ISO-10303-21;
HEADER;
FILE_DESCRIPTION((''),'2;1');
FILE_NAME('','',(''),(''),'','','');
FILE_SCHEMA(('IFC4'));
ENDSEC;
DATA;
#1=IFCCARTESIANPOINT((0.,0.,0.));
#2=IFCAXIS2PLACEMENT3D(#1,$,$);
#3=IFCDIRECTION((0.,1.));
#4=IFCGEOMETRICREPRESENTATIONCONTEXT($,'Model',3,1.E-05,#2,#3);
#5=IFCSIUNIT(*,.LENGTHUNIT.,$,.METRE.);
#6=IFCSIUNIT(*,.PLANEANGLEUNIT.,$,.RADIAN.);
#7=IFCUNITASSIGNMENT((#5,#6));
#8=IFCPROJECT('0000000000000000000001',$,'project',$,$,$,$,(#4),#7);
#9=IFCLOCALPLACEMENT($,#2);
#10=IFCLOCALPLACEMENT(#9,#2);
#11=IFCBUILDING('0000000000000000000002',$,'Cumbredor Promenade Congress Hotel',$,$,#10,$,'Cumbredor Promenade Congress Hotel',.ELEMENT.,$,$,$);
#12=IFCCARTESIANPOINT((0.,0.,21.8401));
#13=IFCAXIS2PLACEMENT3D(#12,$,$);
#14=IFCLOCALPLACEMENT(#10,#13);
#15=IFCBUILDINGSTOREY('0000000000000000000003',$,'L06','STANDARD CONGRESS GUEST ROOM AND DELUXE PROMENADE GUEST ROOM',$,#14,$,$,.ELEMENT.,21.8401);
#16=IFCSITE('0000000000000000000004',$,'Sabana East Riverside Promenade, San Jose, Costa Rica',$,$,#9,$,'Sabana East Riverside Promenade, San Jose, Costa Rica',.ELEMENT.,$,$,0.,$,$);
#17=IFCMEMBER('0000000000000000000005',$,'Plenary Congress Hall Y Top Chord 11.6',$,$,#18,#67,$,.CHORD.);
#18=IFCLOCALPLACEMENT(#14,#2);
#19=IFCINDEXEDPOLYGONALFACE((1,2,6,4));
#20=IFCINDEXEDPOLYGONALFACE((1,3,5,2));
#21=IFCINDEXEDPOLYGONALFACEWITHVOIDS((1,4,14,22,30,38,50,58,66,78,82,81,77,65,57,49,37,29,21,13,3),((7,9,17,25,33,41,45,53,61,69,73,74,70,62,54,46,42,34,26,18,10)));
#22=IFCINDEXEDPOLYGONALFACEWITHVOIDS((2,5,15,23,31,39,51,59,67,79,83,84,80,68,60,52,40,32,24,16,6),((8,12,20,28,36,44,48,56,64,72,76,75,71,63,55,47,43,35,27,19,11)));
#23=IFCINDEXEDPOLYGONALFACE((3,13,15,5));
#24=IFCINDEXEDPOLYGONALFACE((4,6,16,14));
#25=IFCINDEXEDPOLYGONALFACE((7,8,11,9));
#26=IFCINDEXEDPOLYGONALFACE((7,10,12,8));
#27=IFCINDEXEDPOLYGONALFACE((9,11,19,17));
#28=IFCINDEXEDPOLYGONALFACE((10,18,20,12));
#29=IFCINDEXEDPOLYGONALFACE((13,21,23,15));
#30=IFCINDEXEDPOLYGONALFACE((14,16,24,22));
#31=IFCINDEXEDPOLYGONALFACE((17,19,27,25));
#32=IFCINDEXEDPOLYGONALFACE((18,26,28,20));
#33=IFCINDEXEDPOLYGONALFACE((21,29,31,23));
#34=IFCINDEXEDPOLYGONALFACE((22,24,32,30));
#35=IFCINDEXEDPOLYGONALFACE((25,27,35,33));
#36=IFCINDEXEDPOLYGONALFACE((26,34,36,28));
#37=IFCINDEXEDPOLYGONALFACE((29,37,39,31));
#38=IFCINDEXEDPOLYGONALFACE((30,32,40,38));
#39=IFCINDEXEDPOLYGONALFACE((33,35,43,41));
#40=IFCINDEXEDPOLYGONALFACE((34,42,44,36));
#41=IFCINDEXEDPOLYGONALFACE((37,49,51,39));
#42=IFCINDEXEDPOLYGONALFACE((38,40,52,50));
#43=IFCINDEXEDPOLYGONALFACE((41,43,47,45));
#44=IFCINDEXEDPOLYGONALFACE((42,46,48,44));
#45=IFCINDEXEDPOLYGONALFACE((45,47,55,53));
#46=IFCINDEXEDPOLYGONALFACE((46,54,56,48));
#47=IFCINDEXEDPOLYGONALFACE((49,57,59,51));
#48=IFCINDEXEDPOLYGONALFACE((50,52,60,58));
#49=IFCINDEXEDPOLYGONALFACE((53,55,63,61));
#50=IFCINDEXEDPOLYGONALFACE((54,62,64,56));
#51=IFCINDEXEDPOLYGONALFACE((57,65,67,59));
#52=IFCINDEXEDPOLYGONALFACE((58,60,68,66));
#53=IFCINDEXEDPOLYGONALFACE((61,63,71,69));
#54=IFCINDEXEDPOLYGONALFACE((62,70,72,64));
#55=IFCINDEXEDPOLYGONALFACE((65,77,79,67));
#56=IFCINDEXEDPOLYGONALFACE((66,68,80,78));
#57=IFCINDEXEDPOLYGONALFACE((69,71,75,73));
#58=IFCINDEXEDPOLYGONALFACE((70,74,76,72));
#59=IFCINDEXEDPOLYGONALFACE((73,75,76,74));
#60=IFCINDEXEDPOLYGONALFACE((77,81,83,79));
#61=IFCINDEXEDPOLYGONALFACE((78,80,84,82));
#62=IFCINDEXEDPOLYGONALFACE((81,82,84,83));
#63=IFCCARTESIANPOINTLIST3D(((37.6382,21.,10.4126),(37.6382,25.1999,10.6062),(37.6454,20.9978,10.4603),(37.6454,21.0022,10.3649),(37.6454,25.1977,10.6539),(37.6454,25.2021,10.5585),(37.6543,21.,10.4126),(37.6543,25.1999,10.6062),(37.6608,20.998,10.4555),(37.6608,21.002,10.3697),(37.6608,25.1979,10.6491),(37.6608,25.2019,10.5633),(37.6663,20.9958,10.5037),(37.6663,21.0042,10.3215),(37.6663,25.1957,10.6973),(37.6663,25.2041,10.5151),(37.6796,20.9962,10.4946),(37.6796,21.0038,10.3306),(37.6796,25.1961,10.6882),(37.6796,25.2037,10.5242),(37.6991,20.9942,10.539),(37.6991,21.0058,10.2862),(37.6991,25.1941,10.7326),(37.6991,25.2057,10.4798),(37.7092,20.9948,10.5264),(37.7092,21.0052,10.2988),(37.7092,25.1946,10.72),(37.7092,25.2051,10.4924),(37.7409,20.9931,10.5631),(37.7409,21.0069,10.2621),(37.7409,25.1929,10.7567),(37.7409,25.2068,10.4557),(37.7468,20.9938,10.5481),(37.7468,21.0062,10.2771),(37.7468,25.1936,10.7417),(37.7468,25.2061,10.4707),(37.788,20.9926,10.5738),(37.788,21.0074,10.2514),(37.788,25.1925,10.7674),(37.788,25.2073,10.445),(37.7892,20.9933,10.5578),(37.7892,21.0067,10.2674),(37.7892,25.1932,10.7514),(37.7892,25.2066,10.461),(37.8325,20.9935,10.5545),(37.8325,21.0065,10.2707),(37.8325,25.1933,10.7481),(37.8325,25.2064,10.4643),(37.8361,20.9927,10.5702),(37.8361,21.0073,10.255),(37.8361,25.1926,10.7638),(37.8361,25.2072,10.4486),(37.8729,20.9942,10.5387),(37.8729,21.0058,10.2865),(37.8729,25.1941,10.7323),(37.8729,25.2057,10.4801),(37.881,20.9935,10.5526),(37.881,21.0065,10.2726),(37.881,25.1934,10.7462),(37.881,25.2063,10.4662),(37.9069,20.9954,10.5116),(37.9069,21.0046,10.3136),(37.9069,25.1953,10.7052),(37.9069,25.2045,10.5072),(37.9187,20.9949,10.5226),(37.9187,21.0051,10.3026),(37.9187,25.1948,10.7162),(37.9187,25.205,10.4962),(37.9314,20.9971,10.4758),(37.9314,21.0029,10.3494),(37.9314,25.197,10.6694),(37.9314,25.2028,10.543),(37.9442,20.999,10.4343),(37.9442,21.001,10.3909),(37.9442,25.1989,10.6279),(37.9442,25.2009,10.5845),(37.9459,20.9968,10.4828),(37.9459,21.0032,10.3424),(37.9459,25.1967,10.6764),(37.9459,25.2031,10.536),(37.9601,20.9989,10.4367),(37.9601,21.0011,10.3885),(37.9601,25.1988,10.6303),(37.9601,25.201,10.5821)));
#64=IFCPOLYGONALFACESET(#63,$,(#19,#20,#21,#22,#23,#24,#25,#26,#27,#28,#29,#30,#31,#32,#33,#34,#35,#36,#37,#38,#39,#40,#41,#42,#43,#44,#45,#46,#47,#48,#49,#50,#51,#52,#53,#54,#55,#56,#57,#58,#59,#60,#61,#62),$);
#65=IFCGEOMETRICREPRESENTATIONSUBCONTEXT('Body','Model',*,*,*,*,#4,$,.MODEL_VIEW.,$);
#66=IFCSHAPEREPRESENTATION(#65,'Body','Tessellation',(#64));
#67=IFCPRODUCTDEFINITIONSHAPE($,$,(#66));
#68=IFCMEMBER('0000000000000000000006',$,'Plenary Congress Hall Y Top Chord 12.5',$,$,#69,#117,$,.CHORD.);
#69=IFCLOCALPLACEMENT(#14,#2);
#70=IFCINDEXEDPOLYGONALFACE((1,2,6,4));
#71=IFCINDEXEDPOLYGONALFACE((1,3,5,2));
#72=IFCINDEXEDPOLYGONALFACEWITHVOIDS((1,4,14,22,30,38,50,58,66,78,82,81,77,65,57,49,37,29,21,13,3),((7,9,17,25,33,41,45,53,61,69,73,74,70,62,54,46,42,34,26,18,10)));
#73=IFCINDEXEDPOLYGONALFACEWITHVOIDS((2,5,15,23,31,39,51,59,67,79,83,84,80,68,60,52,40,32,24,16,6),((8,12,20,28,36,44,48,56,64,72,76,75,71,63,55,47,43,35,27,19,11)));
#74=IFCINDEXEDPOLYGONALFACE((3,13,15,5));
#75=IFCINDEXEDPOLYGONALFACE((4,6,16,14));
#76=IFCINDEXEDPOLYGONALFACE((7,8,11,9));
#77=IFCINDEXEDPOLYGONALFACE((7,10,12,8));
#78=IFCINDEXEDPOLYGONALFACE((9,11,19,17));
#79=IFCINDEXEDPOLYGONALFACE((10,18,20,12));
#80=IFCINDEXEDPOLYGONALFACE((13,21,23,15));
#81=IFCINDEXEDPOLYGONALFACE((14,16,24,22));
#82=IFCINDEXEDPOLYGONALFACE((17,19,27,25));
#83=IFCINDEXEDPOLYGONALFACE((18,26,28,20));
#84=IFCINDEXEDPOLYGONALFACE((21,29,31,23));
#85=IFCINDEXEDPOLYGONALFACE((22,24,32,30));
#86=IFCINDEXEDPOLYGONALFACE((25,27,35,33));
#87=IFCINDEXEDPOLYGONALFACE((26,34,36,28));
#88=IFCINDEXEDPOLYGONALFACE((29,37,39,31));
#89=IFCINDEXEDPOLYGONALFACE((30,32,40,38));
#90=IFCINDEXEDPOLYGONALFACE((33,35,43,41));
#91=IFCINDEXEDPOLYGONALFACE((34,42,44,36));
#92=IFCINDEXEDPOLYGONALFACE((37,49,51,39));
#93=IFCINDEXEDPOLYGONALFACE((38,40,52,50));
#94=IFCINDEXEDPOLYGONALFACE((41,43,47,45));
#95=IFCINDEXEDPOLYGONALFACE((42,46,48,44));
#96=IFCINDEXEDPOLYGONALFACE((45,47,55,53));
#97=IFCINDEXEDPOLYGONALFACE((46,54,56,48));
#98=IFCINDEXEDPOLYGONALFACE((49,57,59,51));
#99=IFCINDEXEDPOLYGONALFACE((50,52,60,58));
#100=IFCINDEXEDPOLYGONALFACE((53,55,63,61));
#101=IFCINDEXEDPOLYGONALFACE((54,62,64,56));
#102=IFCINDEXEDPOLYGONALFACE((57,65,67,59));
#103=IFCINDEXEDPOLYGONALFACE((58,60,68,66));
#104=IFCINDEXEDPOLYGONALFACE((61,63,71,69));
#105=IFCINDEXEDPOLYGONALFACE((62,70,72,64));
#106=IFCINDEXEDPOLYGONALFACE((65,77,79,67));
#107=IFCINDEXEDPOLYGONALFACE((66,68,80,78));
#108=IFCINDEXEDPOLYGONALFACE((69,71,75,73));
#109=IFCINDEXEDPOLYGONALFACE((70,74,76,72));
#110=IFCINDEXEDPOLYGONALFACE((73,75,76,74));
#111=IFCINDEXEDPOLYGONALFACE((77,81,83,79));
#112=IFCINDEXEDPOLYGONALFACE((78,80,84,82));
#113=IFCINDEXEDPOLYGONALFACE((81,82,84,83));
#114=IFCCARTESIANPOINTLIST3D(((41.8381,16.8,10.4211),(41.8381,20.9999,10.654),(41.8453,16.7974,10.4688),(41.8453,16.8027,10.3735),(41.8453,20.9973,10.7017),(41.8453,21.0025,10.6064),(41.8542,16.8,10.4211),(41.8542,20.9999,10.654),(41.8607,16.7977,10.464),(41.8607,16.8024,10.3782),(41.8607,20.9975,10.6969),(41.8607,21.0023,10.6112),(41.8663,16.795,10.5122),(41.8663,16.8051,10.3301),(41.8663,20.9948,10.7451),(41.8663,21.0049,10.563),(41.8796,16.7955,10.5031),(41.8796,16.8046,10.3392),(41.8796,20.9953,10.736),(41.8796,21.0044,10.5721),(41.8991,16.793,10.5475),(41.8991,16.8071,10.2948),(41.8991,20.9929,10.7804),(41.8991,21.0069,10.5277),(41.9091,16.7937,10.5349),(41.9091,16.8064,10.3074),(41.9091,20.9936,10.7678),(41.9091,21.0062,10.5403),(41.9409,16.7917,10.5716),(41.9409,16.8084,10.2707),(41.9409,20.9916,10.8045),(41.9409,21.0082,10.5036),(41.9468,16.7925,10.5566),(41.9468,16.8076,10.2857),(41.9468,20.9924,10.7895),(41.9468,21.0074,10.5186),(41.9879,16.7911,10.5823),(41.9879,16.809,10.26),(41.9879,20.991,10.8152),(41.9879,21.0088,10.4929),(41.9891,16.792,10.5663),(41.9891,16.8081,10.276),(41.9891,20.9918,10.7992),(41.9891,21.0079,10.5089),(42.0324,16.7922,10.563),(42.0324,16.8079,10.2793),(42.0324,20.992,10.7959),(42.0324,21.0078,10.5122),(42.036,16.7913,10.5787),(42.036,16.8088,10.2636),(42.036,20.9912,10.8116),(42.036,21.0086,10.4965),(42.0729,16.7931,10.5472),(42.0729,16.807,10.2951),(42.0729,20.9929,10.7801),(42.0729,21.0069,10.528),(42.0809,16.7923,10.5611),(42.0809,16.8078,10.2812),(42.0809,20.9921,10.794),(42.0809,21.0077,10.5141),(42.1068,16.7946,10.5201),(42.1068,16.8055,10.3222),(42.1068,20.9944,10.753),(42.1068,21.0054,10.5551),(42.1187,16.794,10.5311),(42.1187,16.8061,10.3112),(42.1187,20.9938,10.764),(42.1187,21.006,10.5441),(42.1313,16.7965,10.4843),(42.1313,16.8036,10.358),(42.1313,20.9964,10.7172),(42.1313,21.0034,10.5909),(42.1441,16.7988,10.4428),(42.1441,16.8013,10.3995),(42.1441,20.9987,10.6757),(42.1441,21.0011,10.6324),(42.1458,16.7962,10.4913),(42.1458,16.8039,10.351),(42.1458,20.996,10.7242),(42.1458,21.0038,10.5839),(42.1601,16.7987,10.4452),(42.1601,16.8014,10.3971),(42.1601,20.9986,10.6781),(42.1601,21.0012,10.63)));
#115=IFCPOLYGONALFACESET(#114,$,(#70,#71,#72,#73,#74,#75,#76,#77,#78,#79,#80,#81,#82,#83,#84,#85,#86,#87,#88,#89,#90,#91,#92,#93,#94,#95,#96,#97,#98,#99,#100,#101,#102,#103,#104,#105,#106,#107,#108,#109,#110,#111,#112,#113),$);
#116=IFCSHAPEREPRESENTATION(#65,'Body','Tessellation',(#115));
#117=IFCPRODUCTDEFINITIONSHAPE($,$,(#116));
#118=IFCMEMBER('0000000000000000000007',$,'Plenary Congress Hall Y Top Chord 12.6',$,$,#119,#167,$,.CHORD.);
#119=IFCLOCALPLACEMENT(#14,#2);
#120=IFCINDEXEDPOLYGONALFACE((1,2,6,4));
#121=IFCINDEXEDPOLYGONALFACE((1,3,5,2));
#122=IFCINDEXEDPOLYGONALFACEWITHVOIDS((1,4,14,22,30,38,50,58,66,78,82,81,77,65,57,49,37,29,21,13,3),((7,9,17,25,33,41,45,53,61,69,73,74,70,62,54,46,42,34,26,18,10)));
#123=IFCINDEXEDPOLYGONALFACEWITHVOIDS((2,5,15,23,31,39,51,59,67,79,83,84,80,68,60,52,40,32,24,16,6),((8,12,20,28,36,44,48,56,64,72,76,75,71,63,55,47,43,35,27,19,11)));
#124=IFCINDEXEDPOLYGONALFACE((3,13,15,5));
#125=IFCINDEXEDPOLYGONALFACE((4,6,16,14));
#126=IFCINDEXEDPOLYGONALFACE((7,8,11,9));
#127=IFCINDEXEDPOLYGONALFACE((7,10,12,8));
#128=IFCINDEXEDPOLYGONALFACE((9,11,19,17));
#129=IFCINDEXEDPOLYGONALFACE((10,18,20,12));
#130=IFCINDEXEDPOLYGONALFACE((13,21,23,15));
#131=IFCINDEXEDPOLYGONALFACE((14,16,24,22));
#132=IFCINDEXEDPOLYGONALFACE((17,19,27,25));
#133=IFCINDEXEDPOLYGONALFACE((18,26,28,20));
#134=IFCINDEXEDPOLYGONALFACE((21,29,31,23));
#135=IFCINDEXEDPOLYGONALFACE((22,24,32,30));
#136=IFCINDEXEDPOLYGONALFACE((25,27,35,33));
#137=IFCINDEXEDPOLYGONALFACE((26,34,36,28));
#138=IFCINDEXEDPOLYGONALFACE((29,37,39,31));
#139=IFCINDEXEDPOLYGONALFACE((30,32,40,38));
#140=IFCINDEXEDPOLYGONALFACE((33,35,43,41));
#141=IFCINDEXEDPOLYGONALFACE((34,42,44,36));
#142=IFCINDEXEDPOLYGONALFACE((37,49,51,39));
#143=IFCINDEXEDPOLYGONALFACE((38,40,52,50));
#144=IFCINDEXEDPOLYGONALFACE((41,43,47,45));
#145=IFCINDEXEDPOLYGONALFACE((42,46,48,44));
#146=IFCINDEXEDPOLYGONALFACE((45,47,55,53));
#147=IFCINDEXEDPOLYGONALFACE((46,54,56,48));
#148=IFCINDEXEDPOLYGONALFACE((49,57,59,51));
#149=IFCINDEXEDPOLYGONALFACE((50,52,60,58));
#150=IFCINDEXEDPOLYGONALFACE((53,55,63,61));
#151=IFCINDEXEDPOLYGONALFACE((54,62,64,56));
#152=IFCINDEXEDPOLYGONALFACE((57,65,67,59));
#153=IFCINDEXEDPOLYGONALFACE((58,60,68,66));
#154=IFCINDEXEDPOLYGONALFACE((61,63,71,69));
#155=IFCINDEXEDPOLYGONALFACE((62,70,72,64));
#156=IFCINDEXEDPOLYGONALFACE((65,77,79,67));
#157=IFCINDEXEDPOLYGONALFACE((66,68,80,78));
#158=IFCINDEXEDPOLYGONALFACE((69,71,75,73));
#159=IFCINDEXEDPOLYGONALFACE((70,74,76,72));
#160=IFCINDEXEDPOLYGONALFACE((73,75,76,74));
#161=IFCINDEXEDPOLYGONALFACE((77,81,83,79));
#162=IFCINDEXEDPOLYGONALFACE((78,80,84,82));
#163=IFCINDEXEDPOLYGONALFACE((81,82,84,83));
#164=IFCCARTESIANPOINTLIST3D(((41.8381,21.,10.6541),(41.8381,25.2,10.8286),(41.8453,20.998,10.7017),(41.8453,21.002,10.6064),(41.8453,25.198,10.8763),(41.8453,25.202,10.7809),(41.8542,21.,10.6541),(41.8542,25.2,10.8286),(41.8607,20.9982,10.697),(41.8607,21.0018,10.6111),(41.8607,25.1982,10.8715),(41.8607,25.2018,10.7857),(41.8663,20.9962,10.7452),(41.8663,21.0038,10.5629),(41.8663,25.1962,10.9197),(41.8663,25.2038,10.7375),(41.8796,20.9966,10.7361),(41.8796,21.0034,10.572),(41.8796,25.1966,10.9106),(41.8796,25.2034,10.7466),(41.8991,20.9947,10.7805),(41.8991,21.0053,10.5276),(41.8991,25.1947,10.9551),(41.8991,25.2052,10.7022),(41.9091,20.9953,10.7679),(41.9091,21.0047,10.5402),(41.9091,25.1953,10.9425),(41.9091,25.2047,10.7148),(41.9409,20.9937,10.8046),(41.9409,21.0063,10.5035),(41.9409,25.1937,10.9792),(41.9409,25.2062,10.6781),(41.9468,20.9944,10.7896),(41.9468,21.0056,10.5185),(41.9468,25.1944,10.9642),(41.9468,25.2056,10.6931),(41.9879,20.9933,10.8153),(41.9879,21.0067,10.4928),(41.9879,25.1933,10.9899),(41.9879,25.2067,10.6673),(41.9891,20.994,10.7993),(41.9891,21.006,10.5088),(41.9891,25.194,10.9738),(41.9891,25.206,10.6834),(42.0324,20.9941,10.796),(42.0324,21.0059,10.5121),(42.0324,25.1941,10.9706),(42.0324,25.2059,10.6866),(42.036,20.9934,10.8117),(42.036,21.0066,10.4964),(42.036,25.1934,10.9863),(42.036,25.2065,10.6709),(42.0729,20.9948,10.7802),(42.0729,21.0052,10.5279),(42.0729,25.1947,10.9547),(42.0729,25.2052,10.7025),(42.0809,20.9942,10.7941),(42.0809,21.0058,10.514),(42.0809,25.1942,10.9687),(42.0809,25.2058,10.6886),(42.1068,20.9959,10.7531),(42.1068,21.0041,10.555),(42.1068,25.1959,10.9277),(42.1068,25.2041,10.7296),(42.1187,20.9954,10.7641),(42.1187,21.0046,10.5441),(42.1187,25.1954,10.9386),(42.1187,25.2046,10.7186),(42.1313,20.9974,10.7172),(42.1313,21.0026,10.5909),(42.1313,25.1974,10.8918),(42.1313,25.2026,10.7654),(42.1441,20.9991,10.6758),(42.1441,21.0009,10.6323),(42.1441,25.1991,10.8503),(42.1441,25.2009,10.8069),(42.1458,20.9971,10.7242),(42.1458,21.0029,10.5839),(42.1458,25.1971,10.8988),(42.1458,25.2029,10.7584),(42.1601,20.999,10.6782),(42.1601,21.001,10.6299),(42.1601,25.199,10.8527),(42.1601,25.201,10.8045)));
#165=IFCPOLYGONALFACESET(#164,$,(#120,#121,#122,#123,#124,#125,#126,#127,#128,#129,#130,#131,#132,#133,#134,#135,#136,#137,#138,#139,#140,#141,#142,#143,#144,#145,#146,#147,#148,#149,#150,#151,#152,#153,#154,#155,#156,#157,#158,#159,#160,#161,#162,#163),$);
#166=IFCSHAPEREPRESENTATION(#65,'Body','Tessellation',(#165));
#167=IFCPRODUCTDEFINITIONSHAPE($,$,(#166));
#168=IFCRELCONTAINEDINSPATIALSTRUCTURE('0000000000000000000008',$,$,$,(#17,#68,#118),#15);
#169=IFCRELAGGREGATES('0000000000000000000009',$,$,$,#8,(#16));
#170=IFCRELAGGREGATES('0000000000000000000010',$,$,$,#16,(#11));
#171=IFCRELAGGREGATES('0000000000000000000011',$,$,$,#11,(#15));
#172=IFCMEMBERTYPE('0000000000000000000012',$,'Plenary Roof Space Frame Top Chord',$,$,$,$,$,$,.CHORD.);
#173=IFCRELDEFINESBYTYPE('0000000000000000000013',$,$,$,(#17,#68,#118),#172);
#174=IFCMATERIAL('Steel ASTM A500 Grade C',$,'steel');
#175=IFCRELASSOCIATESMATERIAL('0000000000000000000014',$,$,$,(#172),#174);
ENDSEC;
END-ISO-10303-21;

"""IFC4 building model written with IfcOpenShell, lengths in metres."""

from ifc_helpers import new_model, si_unit, direction, frame, origin, origin_2d, place, context, subcontext, project, spatial, hollow_circle, extrude, material, material_profile, profile_set, type_object, element, save


model = new_model("IFC4")

# Units and contexts
model_context = context("Model", 3, precision=1e-05, world=origin(), true_north=direction((0.0, 1.0)))
body_context = subcontext(model_context, "Body", "Model", "MODEL_VIEW")
ifc_project = project(units=[si_unit("LENGTHUNIT", "METRE"), si_unit("PLANEANGLEUNIT", "RADIAN")], contexts=[model_context])

# Site, building, storey
site_placement = place(None, origin())
site = spatial("IfcSite", under=ifc_project, at=site_placement, Name="Sabana East Riverside Promenade, San Jose, Costa Rica", LongName="Sabana East Riverside Promenade, San Jose, Costa Rica", CompositionType="ELEMENT", RefElevation=0.0)
building_placement = place(site_placement, origin())
building = spatial("IfcBuilding", under=site, at=building_placement, Name="Cumbredor Promenade Congress Hotel", LongName="Cumbredor Promenade Congress Hotel", CompositionType="ELEMENT")
storey_placement = place(building_placement, frame((0.0, 0.0, 21.8401)))
storey = spatial("IfcBuildingStorey", under=building, at=storey_placement, Name="L06", Description="STANDARD CONGRESS GUEST ROOM AND DELUXE PROMENADE GUEST ROOM", CompositionType="ELEMENT", Elevation=21.8401)

# Members
ifc_material_1 = material(Name="Steel ASTM A500 Grade C", Category="steel")
ifc_material_profile_1 = material_profile(ifc_material_1, hollow_circle(Radius=0.1619, WallThickness=0.0161, at=origin_2d()), Name="CHS 323.9x16")
ifc_profile_set_1 = profile_set([ifc_material_profile_1], Name="Steel ASTM A500 Grade C")
member_type_1 = type_object("IfcMemberType", Name="Plenary Roof Space Frame Top Chord", PredefinedType="CHORD", material=ifc_profile_set_1)
member_1_placement = place(storey_placement, frame((37.8, 21.0, 10.4126), z_axis=(0.0, 0.998939, 0.046048), x_axis=(-1.0, 0.0, 0.0)))
element("IfcMember", 1, at=member_1_placement, inside=storey, type_object=member_type_1, Name="Plenary Congress Hall Y Top Chord 11.6", PredefinedType="CHORD", context=body_context, shape_type="SweptSolid", body=[
    extrude(hollow_circle(Radius=0.1619, WallThickness=0.0161, at=origin_2d()), origin(), (0.0, 0.0, 1.0), 4.2043),
])
member_2_placement = place(storey_placement, frame((42.0, 16.8, 10.4211), z_axis=(0.0, 0.998466, 0.05537), x_axis=(-1.0, 0.0, 0.0)))
element("IfcMember", 2, at=member_2_placement, inside=storey, type_object=member_type_1, Name="Plenary Congress Hall Y Top Chord 12.5", PredefinedType="CHORD", context=body_context, shape_type="SweptSolid", body=[
    extrude(hollow_circle(Radius=0.1619, WallThickness=0.0161, at=origin_2d()), origin(), (0.0, 0.0, 1.0), 4.2063),
])
member_3_placement = place(storey_placement, frame((42.0, 21.0, 10.6541), z_axis=(0.0, 0.999137, 0.041527), x_axis=(-1.0, 0.0, 0.0)))
element("IfcMember", 3, at=member_3_placement, inside=storey, type_object=member_type_1, Name="Plenary Congress Hall Y Top Chord 12.6", PredefinedType="CHORD", context=body_context, shape_type="SweptSolid", body=[
    extrude(hollow_circle(Radius=0.1619, WallThickness=0.0161, at=origin_2d()), origin(), (0.0, 0.0, 1.0), 4.2036),
])

save(model, "model.ifc")
